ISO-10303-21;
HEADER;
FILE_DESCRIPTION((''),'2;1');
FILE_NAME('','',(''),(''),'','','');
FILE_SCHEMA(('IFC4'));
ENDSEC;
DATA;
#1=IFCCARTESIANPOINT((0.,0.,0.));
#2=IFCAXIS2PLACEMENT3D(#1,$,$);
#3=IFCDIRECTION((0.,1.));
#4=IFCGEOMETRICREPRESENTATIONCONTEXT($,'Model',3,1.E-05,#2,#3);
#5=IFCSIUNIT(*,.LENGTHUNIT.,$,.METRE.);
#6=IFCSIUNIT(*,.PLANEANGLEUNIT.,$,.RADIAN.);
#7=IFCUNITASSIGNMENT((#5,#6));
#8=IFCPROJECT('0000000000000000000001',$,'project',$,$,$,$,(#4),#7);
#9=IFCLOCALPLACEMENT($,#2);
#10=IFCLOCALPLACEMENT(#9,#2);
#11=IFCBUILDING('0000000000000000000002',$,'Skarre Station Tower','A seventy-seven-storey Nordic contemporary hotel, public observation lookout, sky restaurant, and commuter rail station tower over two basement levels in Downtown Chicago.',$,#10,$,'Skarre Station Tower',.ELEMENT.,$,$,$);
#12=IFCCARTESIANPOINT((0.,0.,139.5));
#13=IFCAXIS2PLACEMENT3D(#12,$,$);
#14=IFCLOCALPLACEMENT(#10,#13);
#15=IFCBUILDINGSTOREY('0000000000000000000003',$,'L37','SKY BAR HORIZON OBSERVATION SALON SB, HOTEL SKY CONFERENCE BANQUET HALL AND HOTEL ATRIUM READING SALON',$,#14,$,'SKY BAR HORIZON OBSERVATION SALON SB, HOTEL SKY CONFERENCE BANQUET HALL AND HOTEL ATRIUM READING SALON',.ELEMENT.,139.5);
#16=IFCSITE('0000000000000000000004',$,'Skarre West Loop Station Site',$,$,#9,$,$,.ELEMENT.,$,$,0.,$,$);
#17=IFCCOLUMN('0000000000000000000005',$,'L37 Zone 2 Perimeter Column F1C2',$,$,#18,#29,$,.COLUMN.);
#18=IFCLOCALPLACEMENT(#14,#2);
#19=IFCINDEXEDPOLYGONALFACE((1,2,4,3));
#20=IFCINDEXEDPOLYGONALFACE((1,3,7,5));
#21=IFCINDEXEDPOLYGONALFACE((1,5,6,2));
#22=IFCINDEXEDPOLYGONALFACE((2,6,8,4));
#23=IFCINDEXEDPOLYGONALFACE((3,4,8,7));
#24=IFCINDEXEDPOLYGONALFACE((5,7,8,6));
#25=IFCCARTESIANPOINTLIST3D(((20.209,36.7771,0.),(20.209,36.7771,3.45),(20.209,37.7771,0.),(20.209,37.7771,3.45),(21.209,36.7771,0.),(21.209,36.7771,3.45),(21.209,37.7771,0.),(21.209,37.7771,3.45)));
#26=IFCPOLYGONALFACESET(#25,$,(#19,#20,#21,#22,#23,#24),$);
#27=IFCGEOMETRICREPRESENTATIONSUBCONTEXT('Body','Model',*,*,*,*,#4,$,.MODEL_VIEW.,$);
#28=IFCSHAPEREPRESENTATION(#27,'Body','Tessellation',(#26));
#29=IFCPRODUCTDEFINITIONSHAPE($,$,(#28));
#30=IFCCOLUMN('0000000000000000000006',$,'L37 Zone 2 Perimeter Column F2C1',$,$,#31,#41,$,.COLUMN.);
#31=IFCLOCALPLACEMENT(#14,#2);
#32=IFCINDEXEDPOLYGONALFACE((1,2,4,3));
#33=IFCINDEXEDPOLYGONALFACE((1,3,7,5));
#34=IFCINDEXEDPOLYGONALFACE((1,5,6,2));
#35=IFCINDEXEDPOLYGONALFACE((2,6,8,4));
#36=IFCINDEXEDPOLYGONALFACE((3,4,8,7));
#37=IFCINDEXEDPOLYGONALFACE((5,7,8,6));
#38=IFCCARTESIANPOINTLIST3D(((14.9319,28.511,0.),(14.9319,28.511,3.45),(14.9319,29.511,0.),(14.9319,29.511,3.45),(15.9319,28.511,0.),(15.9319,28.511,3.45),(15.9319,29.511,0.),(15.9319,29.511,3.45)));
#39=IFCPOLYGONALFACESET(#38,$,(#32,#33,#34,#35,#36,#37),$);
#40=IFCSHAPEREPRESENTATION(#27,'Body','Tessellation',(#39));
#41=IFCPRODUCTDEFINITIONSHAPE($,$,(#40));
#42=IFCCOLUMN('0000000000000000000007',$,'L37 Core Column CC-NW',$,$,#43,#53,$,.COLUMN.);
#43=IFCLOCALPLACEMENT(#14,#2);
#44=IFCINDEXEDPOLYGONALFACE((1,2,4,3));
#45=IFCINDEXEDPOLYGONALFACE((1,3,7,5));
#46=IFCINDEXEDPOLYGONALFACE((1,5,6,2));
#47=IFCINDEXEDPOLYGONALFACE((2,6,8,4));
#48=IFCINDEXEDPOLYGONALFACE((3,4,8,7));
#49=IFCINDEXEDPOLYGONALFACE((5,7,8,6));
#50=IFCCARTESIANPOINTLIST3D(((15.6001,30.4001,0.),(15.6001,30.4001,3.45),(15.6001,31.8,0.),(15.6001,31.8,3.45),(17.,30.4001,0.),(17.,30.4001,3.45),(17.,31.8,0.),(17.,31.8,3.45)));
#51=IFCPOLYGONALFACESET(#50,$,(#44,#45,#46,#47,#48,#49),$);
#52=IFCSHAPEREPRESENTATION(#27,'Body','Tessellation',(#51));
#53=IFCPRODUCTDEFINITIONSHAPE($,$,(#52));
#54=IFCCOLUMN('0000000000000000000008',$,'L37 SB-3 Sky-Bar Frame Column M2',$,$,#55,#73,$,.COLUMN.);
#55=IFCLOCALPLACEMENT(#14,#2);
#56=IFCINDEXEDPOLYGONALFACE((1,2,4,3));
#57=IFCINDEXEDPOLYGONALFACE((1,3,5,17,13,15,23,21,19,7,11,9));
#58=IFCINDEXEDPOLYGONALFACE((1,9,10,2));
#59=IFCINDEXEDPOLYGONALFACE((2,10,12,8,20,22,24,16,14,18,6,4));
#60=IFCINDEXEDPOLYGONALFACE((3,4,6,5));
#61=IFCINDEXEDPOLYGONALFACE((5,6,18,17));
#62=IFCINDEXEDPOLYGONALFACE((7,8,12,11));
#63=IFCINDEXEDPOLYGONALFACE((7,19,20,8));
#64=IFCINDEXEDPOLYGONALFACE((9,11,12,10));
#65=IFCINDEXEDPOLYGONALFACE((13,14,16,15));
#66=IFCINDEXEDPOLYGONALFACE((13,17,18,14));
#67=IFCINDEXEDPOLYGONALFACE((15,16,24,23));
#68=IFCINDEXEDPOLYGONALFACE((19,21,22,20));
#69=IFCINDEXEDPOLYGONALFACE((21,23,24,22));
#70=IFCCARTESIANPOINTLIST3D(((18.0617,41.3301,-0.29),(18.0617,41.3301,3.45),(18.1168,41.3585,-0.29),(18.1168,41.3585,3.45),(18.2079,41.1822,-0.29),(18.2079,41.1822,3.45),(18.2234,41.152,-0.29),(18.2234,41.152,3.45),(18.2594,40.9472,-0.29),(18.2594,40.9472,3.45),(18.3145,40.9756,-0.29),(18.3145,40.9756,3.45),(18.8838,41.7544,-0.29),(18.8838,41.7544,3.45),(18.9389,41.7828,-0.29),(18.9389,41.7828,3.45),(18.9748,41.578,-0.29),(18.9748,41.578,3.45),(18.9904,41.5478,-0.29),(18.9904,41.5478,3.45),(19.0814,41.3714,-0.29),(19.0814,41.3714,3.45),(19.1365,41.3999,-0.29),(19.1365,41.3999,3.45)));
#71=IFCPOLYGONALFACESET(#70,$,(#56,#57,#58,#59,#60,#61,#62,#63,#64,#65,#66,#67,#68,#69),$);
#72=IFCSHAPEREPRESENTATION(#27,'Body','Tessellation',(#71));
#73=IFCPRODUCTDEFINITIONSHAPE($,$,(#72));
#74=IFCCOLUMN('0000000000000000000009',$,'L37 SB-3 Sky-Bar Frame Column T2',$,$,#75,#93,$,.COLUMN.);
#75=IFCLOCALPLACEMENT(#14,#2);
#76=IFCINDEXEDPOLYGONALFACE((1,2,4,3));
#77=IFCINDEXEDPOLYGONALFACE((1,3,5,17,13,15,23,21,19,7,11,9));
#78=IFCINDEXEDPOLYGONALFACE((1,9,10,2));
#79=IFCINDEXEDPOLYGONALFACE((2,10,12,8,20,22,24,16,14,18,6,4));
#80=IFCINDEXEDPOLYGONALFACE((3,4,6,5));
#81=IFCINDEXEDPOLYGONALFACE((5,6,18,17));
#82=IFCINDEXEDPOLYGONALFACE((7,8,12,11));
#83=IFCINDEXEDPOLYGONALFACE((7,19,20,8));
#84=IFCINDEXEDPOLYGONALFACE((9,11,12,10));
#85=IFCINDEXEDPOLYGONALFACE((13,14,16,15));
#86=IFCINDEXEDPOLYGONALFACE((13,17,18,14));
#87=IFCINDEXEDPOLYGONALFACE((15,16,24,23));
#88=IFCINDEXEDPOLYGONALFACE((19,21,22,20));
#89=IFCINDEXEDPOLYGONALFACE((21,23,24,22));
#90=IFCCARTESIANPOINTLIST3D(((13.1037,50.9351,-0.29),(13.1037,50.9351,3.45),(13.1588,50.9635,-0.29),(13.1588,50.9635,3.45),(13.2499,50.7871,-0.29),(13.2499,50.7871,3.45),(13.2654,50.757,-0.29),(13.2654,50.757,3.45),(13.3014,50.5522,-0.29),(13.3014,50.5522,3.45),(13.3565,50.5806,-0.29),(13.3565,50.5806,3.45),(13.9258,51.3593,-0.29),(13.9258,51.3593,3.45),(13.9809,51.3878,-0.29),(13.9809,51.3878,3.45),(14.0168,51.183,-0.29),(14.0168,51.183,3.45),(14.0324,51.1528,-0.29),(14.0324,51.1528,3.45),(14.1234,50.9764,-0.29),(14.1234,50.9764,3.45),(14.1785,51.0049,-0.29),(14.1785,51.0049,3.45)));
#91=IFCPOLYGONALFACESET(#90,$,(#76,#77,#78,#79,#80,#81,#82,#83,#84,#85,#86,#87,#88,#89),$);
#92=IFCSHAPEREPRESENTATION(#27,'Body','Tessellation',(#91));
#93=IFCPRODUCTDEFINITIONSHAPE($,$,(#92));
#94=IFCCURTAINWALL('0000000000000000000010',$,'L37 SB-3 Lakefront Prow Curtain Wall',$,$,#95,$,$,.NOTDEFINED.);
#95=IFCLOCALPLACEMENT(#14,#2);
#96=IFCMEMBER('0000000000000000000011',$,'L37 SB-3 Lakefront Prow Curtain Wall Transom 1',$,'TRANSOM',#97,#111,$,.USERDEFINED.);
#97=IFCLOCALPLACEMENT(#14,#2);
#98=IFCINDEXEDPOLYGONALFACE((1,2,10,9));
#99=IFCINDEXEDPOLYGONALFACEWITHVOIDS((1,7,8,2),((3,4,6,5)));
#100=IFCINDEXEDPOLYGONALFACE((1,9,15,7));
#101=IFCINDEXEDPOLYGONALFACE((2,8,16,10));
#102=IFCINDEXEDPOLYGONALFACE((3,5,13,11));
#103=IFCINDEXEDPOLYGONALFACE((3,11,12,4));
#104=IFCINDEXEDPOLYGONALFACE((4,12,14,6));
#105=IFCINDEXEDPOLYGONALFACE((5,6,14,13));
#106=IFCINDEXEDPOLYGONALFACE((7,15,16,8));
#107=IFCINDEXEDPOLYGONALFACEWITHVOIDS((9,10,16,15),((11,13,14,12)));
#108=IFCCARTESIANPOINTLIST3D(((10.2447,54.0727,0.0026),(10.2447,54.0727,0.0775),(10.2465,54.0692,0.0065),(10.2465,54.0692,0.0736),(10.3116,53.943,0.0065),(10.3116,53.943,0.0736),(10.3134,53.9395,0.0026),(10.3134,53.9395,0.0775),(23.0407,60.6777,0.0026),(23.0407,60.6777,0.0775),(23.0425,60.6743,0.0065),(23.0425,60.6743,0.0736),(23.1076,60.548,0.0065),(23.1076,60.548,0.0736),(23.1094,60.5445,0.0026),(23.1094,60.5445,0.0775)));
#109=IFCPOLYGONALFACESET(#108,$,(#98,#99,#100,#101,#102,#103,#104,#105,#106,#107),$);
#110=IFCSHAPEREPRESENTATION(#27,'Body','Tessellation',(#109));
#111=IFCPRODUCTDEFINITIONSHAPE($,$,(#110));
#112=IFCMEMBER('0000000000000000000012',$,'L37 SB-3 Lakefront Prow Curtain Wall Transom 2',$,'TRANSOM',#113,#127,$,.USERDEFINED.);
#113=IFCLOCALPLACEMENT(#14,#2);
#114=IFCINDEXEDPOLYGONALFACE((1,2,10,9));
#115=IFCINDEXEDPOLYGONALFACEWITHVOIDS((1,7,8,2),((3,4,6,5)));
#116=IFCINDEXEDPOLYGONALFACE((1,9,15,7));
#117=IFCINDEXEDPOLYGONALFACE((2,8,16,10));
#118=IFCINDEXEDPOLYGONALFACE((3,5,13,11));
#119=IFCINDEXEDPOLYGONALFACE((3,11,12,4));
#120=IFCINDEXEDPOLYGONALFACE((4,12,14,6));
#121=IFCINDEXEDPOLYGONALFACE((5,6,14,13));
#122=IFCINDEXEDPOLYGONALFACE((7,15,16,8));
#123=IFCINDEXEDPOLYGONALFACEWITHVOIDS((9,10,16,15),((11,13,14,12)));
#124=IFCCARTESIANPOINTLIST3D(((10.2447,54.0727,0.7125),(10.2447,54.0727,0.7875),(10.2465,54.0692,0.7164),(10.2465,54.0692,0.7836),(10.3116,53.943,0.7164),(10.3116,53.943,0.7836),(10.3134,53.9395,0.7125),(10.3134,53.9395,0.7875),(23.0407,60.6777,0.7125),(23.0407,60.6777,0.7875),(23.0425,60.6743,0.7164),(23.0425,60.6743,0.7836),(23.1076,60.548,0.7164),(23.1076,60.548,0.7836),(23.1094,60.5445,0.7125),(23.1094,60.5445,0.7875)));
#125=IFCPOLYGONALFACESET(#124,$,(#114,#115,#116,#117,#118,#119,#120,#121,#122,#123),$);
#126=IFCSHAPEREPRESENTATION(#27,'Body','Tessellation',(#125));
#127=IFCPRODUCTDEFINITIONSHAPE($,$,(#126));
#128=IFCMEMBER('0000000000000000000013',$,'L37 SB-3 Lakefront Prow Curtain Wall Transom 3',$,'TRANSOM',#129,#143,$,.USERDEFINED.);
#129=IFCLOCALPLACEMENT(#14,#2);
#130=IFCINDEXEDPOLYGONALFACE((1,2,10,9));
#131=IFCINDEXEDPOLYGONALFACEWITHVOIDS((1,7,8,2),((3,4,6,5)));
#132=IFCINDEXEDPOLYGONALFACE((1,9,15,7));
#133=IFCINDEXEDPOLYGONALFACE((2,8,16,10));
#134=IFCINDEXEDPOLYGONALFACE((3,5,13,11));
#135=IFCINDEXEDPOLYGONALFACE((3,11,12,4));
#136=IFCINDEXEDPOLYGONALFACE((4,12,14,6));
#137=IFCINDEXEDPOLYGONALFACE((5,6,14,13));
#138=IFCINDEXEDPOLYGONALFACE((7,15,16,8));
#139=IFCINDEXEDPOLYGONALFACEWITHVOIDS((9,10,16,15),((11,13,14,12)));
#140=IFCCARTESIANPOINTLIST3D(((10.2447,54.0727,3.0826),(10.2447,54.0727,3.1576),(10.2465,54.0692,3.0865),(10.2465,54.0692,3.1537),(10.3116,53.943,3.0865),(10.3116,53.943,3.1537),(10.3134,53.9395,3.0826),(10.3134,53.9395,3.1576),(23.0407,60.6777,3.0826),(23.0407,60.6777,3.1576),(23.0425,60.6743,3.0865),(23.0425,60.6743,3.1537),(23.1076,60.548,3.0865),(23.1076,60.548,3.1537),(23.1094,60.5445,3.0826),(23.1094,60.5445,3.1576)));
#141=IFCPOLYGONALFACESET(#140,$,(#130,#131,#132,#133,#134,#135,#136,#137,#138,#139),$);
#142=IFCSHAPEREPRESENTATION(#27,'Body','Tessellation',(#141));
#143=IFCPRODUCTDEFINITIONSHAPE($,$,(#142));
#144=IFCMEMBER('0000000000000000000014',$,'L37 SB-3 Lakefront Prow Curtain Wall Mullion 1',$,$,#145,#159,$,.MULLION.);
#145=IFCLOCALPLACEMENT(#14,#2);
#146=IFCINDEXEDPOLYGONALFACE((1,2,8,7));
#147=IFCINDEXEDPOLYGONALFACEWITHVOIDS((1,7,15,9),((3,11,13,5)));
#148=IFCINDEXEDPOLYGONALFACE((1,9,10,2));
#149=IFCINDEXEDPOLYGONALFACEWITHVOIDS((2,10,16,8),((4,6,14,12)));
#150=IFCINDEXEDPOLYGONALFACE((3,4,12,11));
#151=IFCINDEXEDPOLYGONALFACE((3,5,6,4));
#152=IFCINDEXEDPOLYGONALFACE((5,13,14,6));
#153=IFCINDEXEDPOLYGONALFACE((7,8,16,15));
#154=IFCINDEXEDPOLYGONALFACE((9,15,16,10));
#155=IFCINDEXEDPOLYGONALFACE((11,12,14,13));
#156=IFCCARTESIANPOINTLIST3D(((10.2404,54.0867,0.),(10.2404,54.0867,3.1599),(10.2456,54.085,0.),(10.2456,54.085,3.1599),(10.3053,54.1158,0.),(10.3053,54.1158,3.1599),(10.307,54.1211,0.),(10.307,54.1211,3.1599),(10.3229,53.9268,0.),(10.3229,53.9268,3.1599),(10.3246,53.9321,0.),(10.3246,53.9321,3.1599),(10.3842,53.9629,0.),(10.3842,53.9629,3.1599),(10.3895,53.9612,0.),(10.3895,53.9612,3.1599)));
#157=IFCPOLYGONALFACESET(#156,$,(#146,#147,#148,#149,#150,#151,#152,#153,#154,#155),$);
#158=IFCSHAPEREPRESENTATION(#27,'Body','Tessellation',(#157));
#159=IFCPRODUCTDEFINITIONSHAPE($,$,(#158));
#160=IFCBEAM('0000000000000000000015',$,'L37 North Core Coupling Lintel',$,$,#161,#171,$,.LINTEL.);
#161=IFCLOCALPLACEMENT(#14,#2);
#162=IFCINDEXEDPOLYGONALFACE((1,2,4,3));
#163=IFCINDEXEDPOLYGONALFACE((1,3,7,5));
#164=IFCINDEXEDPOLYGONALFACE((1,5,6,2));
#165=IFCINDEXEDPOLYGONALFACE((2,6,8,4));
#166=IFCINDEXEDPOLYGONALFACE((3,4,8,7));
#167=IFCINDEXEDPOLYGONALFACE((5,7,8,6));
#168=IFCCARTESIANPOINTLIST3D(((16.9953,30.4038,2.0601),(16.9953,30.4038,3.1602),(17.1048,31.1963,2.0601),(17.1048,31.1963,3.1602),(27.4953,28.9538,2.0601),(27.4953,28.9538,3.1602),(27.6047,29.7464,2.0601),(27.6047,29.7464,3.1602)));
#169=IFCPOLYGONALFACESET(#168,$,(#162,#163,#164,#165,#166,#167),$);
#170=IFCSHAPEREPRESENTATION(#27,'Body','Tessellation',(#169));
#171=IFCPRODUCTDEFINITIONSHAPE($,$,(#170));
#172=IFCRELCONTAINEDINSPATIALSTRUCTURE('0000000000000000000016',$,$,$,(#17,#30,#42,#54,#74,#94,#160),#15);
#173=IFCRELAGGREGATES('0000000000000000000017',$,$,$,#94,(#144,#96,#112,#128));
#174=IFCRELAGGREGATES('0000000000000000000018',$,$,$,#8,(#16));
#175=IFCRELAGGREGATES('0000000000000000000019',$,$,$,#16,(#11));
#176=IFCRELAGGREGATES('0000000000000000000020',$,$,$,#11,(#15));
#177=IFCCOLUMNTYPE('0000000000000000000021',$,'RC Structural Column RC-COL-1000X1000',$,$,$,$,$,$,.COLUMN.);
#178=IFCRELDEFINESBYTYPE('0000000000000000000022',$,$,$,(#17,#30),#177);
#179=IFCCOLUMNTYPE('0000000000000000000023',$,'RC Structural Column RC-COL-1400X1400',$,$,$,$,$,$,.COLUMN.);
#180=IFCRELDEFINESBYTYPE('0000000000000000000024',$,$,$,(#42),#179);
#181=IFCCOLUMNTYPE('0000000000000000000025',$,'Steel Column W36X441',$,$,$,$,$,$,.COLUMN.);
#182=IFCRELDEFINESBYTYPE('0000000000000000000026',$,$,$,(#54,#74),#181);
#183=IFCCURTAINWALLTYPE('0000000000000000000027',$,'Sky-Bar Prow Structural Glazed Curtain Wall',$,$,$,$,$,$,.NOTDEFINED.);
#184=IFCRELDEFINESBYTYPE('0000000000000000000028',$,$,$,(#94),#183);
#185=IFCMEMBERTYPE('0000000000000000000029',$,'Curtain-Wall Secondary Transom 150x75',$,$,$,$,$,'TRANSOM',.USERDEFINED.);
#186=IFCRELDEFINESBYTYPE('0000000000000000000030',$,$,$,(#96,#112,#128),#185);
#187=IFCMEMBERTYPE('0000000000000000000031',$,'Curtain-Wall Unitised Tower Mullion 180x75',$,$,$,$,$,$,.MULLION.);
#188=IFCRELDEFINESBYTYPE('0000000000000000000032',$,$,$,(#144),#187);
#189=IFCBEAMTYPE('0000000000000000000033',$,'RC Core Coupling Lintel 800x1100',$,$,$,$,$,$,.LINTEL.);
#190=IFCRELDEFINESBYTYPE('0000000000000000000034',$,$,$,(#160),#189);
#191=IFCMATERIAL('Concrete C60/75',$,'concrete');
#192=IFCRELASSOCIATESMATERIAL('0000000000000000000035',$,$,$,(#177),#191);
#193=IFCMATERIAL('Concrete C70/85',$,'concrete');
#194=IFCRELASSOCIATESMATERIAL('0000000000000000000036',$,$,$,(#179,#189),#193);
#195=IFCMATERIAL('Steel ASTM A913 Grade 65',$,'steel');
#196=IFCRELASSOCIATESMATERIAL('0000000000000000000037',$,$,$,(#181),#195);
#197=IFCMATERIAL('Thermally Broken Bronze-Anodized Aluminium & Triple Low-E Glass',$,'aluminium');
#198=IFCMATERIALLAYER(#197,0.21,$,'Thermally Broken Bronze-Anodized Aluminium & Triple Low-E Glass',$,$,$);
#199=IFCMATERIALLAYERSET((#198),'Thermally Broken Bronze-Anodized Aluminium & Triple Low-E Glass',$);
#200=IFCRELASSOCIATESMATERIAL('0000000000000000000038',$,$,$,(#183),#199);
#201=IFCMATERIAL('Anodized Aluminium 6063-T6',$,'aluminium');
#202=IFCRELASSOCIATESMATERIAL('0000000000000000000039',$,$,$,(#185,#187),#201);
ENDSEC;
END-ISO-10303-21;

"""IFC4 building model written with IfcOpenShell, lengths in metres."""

from ifc_helpers import new_model, si_unit, direction, frame, origin, origin_2d, place, context, subcontext, project, spatial, rectangle, hollow_rectangle, i_section, extrude, material, layer, layer_set, material_profile, profile_set, type_object, element, aggregate, save


model = new_model("IFC4")

# Units and contexts
model_context = context("Model", 3, precision=1e-05, world=origin(), true_north=direction((0.0, 1.0)))
body_context = subcontext(model_context, "Body", "Model", "MODEL_VIEW")
ifc_project = project(units=[si_unit("LENGTHUNIT", "METRE"), si_unit("PLANEANGLEUNIT", "RADIAN")], contexts=[model_context])

# Site, building, storey
site_placement = place(None, origin())
site = spatial("IfcSite", under=ifc_project, at=site_placement, Name="Skarre West Loop Station Site", CompositionType="ELEMENT", RefElevation=0.0)
building_placement = place(site_placement, origin())
building = spatial("IfcBuilding", under=site, at=building_placement, Name="Skarre Station Tower", Description="A seventy-seven-storey Nordic contemporary hotel, public observation lookout, sky restaurant, and commuter rail station tower over two basement levels in Downtown Chicago.", LongName="Skarre Station Tower", CompositionType="ELEMENT")
storey_placement = place(building_placement, frame((0.0, 0.0, 139.5)))
storey = spatial("IfcBuildingStorey", under=building, at=storey_placement, Name="L37", Description="SKY BAR HORIZON OBSERVATION SALON SB, HOTEL SKY CONFERENCE BANQUET HALL AND HOTEL ATRIUM READING SALON", LongName="SKY BAR HORIZON OBSERVATION SALON SB, HOTEL SKY CONFERENCE BANQUET HALL AND HOTEL ATRIUM READING SALON", CompositionType="ELEMENT", Elevation=139.5)

# Columns
ifc_material_1 = material(Name="Concrete C60/75", Category="concrete")
ifc_material_profile_1 = material_profile(ifc_material_1, rectangle(XDim=1.0, YDim=1.0, at=origin_2d()), Name="Concrete C60/75")
ifc_profile_set_1 = profile_set([ifc_material_profile_1], Name="Concrete C60/75")
column_type_1 = type_object("IfcColumnType", Name="RC Structural Column RC-COL-1000X1000", PredefinedType="COLUMN", material=ifc_profile_set_1)
for number, where, z_axis, x_axis, name in (
    (1, (20.709, 37.2771, 0.0), (0.0, 0.0, 1.0), (1.0, 0.0, 0.0), "L37 Zone 2 Perimeter Column F1C2"),
    (2, (15.4319, 29.011, 0.0), (0.0, 0.0, 1.0), (1.0, 0.0, 0.0), "L37 Zone 2 Perimeter Column F2C1"),
):
    element("IfcColumn", number, at=place(storey_placement, frame(where, z_axis=z_axis, x_axis=x_axis)), inside=storey, type_object=column_type_1, Name=name, PredefinedType="COLUMN", context=body_context, shape_type="SweptSolid", body=[
        extrude(rectangle(XDim=1.0, YDim=1.0, at=origin_2d()), origin(), (0.0, 0.0, 1.0), 3.45),
    ])
ifc_material_2 = material(Name="Concrete C70/85", Category="concrete")
ifc_material_profile_2 = material_profile(ifc_material_2, rectangle(XDim=1.3999, YDim=1.3999, at=origin_2d()), Name="Concrete C70/85")
ifc_profile_set_2 = profile_set([ifc_material_profile_2], Name="Concrete C70/85")
column_type_2 = type_object("IfcColumnType", Name="RC Structural Column RC-COL-1400X1400", PredefinedType="COLUMN", material=ifc_profile_set_2)
column_placement = place(storey_placement, frame((16.3, 31.1001, 0.0), z_axis=(0.0, 0.0, 1.0), x_axis=(1.0, 0.0, 0.0)))
element("IfcColumn", 3, at=column_placement, inside=storey, type_object=column_type_2, Name="L37 Core Column CC-NW", PredefinedType="COLUMN", context=body_context, shape_type="SweptSolid", body=[
    extrude(rectangle(XDim=1.3999, YDim=1.3999, at=origin_2d()), origin(), (0.0, 0.0, 1.0), 3.45),
])
ifc_material_3 = material(Name="Steel ASTM A913 Grade 65", Category="steel")
ifc_material_profile_3 = material_profile(ifc_material_3, i_section(OverallWidth=0.4309, OverallDepth=0.9871, WebThickness=0.0339, FlangeThickness=0.062, at=origin_2d()), Name="Steel ASTM A913 Grade 65")
ifc_profile_set_3 = profile_set([ifc_material_profile_3], Name="Steel ASTM A913 Grade 65")
column_type_3 = type_object("IfcColumnType", Name="Steel Column W36X441", PredefinedType="COLUMN", material=ifc_profile_set_3)
for number, where, z_axis, x_axis, name in (
    (4, (18.5991, 41.365, -0.29), (0.0, 0.0, 1.0), (-0.45865, 0.888617, 0.0), "L37 SB-3 Sky-Bar Frame Column M2"),
    (5, (13.6411, 50.97, -0.29), (0.0, 0.0, 1.0), (-0.45865, 0.888617, 0.0), "L37 SB-3 Sky-Bar Frame Column T2"),
):
    element("IfcColumn", number, at=place(storey_placement, frame(where, z_axis=z_axis, x_axis=x_axis)), inside=storey, type_object=column_type_3, Name=name, PredefinedType="COLUMN", context=body_context, shape_type="SweptSolid", body=[
        extrude(i_section(OverallWidth=0.4309, OverallDepth=0.9871, WebThickness=0.0339, FlangeThickness=0.062, at=origin_2d()), origin(), (0.0, 0.0, 1.0), 3.74),
    ])

# Curtain wall, members
ifc_material_4 = material(Name="Thermally Broken Bronze-Anodized Aluminium & Triple Low-E Glass", Category="aluminium")
ifc_layer_1 = layer(ifc_material_4, 0.21, Name="Thermally Broken Bronze-Anodized Aluminium & Triple Low-E Glass")
ifc_layer_set_1 = layer_set([ifc_layer_1], Name="Thermally Broken Bronze-Anodized Aluminium & Triple Low-E Glass")
curtain_wall_type = type_object("IfcCurtainWallType", Name="Sky-Bar Prow Structural Glazed Curtain Wall", PredefinedType="NOTDEFINED", material=ifc_layer_set_1)
curtain_wall_placement = place(storey_placement, origin())
curtain_wall = element("IfcCurtainWall", 6, at=curtain_wall_placement, inside=storey, type_object=curtain_wall_type, Name="L37 SB-3 Lakefront Prow Curtain Wall", PredefinedType="NOTDEFINED")
ifc_material_5 = material(Name="Anodized Aluminium 6063-T6", Category="aluminium")
ifc_material_profile_4 = material_profile(ifc_material_5, hollow_rectangle(XDim=0.075, YDim=0.1499, WallThickness=0.0039, at=origin_2d()), Name="Anodized Aluminium 6063-T6")
ifc_profile_set_4 = profile_set([ifc_material_profile_4], Name="Anodized Aluminium 6063-T6")
member_type_1 = type_object("IfcMemberType", Name="Curtain-Wall Secondary Transom 150x75", ElementType="TRANSOM", PredefinedType="USERDEFINED", material=ifc_profile_set_4)
member_1_placement = place(storey_placement, frame((10.2791, 54.0061, 0.04), z_axis=(0.888602, 0.458678, 0.0), x_axis=(0.0, 0.0, 1.0)))
member_1 = element("IfcMember", 7, at=member_1_placement, type_object=member_type_1, Name="L37 SB-3 Lakefront Prow Curtain Wall Transom 1", ObjectType="TRANSOM", PredefinedType="USERDEFINED", context=body_context, shape_type="SweptSolid", body=[
    extrude(hollow_rectangle(XDim=0.075, YDim=0.1499, WallThickness=0.0039, at=origin_2d()), origin(), (0.0, 0.0, 1.0), 14.4001),
])
member_2_placement = place(storey_placement, frame((10.2791, 54.0061, 0.75), z_axis=(0.888602, 0.458678, 0.0), x_axis=(0.0, 0.0, 1.0)))
member_2 = element("IfcMember", 8, at=member_2_placement, type_object=member_type_1, Name="L37 SB-3 Lakefront Prow Curtain Wall Transom 2", ObjectType="TRANSOM", PredefinedType="USERDEFINED", context=body_context, shape_type="SweptSolid", body=[
    extrude(hollow_rectangle(XDim=0.075, YDim=0.1499, WallThickness=0.0039, at=origin_2d()), origin(), (0.0, 0.0, 1.0), 14.4001),
])
member_3_placement = place(storey_placement, frame((10.2791, 54.0061, 3.1201), z_axis=(0.888602, 0.458678, 0.0), x_axis=(0.0, 0.0, 1.0)))
member_3 = element("IfcMember", 9, at=member_3_placement, type_object=member_type_1, Name="L37 SB-3 Lakefront Prow Curtain Wall Transom 3", ObjectType="TRANSOM", PredefinedType="USERDEFINED", context=body_context, shape_type="SweptSolid", body=[
    extrude(hollow_rectangle(XDim=0.075, YDim=0.1499, WallThickness=0.0039, at=origin_2d()), origin(), (0.0, 0.0, 1.0), 14.4001),
])
ifc_material_profile_5 = material_profile(ifc_material_5, hollow_rectangle(XDim=0.075, YDim=0.1799, WallThickness=0.0039, at=origin_2d()), Name="Anodized Aluminium 6063-T6")
ifc_profile_set_5 = profile_set([ifc_material_profile_5], Name="Anodized Aluminium 6063-T6")
member_type_2 = type_object("IfcMemberType", Name="Curtain-Wall Unitised Tower Mullion 180x75", PredefinedType="MULLION", material=ifc_profile_set_5)
member_4_placement = place(storey_placement, frame((10.3149, 54.0239, 0.0), z_axis=(0.0, 0.0, 1.0), x_axis=(0.888601, 0.458681, 0.0)))
member_4 = element("IfcMember", 10, at=member_4_placement, type_object=member_type_2, Name="L37 SB-3 Lakefront Prow Curtain Wall Mullion 1", PredefinedType="MULLION", context=body_context, shape_type="SweptSolid", body=[
    extrude(hollow_rectangle(XDim=0.075, YDim=0.1799, WallThickness=0.0039, at=origin_2d()), origin(), (0.0, 0.0, 1.0), 3.1599),
])
aggregate(curtain_wall, [member_4, member_1, member_2, member_3])

# Beam
ifc_material_profile_6 = material_profile(ifc_material_2, rectangle(XDim=0.8, YDim=1.1001, at=origin_2d()), Name="Concrete C70/85")
ifc_profile_set_6 = profile_set([ifc_material_profile_6], Name="Concrete C70/85")
beam_type_1 = type_object("IfcBeamType", Name="RC Core Coupling Lintel 800x1100", PredefinedType="LINTEL", material=ifc_profile_set_6)
beam_1_placement = place(storey_placement, frame((17.05, 30.8, 2.6101), z_axis=(0.9906, -0.136792, 0.0), x_axis=(0.136792, 0.9906, 0.0)))
element("IfcBeam", 11, at=beam_1_placement, inside=storey, type_object=beam_type_1, Name="L37 North Core Coupling Lintel", PredefinedType="LINTEL", context=body_context, shape_type="SweptSolid", body=[
    extrude(rectangle(XDim=0.8, YDim=1.1001, at=origin_2d()), origin(), (0.0, 0.0, 1.0), 10.5996),
])

save(model, "model.ifc")
